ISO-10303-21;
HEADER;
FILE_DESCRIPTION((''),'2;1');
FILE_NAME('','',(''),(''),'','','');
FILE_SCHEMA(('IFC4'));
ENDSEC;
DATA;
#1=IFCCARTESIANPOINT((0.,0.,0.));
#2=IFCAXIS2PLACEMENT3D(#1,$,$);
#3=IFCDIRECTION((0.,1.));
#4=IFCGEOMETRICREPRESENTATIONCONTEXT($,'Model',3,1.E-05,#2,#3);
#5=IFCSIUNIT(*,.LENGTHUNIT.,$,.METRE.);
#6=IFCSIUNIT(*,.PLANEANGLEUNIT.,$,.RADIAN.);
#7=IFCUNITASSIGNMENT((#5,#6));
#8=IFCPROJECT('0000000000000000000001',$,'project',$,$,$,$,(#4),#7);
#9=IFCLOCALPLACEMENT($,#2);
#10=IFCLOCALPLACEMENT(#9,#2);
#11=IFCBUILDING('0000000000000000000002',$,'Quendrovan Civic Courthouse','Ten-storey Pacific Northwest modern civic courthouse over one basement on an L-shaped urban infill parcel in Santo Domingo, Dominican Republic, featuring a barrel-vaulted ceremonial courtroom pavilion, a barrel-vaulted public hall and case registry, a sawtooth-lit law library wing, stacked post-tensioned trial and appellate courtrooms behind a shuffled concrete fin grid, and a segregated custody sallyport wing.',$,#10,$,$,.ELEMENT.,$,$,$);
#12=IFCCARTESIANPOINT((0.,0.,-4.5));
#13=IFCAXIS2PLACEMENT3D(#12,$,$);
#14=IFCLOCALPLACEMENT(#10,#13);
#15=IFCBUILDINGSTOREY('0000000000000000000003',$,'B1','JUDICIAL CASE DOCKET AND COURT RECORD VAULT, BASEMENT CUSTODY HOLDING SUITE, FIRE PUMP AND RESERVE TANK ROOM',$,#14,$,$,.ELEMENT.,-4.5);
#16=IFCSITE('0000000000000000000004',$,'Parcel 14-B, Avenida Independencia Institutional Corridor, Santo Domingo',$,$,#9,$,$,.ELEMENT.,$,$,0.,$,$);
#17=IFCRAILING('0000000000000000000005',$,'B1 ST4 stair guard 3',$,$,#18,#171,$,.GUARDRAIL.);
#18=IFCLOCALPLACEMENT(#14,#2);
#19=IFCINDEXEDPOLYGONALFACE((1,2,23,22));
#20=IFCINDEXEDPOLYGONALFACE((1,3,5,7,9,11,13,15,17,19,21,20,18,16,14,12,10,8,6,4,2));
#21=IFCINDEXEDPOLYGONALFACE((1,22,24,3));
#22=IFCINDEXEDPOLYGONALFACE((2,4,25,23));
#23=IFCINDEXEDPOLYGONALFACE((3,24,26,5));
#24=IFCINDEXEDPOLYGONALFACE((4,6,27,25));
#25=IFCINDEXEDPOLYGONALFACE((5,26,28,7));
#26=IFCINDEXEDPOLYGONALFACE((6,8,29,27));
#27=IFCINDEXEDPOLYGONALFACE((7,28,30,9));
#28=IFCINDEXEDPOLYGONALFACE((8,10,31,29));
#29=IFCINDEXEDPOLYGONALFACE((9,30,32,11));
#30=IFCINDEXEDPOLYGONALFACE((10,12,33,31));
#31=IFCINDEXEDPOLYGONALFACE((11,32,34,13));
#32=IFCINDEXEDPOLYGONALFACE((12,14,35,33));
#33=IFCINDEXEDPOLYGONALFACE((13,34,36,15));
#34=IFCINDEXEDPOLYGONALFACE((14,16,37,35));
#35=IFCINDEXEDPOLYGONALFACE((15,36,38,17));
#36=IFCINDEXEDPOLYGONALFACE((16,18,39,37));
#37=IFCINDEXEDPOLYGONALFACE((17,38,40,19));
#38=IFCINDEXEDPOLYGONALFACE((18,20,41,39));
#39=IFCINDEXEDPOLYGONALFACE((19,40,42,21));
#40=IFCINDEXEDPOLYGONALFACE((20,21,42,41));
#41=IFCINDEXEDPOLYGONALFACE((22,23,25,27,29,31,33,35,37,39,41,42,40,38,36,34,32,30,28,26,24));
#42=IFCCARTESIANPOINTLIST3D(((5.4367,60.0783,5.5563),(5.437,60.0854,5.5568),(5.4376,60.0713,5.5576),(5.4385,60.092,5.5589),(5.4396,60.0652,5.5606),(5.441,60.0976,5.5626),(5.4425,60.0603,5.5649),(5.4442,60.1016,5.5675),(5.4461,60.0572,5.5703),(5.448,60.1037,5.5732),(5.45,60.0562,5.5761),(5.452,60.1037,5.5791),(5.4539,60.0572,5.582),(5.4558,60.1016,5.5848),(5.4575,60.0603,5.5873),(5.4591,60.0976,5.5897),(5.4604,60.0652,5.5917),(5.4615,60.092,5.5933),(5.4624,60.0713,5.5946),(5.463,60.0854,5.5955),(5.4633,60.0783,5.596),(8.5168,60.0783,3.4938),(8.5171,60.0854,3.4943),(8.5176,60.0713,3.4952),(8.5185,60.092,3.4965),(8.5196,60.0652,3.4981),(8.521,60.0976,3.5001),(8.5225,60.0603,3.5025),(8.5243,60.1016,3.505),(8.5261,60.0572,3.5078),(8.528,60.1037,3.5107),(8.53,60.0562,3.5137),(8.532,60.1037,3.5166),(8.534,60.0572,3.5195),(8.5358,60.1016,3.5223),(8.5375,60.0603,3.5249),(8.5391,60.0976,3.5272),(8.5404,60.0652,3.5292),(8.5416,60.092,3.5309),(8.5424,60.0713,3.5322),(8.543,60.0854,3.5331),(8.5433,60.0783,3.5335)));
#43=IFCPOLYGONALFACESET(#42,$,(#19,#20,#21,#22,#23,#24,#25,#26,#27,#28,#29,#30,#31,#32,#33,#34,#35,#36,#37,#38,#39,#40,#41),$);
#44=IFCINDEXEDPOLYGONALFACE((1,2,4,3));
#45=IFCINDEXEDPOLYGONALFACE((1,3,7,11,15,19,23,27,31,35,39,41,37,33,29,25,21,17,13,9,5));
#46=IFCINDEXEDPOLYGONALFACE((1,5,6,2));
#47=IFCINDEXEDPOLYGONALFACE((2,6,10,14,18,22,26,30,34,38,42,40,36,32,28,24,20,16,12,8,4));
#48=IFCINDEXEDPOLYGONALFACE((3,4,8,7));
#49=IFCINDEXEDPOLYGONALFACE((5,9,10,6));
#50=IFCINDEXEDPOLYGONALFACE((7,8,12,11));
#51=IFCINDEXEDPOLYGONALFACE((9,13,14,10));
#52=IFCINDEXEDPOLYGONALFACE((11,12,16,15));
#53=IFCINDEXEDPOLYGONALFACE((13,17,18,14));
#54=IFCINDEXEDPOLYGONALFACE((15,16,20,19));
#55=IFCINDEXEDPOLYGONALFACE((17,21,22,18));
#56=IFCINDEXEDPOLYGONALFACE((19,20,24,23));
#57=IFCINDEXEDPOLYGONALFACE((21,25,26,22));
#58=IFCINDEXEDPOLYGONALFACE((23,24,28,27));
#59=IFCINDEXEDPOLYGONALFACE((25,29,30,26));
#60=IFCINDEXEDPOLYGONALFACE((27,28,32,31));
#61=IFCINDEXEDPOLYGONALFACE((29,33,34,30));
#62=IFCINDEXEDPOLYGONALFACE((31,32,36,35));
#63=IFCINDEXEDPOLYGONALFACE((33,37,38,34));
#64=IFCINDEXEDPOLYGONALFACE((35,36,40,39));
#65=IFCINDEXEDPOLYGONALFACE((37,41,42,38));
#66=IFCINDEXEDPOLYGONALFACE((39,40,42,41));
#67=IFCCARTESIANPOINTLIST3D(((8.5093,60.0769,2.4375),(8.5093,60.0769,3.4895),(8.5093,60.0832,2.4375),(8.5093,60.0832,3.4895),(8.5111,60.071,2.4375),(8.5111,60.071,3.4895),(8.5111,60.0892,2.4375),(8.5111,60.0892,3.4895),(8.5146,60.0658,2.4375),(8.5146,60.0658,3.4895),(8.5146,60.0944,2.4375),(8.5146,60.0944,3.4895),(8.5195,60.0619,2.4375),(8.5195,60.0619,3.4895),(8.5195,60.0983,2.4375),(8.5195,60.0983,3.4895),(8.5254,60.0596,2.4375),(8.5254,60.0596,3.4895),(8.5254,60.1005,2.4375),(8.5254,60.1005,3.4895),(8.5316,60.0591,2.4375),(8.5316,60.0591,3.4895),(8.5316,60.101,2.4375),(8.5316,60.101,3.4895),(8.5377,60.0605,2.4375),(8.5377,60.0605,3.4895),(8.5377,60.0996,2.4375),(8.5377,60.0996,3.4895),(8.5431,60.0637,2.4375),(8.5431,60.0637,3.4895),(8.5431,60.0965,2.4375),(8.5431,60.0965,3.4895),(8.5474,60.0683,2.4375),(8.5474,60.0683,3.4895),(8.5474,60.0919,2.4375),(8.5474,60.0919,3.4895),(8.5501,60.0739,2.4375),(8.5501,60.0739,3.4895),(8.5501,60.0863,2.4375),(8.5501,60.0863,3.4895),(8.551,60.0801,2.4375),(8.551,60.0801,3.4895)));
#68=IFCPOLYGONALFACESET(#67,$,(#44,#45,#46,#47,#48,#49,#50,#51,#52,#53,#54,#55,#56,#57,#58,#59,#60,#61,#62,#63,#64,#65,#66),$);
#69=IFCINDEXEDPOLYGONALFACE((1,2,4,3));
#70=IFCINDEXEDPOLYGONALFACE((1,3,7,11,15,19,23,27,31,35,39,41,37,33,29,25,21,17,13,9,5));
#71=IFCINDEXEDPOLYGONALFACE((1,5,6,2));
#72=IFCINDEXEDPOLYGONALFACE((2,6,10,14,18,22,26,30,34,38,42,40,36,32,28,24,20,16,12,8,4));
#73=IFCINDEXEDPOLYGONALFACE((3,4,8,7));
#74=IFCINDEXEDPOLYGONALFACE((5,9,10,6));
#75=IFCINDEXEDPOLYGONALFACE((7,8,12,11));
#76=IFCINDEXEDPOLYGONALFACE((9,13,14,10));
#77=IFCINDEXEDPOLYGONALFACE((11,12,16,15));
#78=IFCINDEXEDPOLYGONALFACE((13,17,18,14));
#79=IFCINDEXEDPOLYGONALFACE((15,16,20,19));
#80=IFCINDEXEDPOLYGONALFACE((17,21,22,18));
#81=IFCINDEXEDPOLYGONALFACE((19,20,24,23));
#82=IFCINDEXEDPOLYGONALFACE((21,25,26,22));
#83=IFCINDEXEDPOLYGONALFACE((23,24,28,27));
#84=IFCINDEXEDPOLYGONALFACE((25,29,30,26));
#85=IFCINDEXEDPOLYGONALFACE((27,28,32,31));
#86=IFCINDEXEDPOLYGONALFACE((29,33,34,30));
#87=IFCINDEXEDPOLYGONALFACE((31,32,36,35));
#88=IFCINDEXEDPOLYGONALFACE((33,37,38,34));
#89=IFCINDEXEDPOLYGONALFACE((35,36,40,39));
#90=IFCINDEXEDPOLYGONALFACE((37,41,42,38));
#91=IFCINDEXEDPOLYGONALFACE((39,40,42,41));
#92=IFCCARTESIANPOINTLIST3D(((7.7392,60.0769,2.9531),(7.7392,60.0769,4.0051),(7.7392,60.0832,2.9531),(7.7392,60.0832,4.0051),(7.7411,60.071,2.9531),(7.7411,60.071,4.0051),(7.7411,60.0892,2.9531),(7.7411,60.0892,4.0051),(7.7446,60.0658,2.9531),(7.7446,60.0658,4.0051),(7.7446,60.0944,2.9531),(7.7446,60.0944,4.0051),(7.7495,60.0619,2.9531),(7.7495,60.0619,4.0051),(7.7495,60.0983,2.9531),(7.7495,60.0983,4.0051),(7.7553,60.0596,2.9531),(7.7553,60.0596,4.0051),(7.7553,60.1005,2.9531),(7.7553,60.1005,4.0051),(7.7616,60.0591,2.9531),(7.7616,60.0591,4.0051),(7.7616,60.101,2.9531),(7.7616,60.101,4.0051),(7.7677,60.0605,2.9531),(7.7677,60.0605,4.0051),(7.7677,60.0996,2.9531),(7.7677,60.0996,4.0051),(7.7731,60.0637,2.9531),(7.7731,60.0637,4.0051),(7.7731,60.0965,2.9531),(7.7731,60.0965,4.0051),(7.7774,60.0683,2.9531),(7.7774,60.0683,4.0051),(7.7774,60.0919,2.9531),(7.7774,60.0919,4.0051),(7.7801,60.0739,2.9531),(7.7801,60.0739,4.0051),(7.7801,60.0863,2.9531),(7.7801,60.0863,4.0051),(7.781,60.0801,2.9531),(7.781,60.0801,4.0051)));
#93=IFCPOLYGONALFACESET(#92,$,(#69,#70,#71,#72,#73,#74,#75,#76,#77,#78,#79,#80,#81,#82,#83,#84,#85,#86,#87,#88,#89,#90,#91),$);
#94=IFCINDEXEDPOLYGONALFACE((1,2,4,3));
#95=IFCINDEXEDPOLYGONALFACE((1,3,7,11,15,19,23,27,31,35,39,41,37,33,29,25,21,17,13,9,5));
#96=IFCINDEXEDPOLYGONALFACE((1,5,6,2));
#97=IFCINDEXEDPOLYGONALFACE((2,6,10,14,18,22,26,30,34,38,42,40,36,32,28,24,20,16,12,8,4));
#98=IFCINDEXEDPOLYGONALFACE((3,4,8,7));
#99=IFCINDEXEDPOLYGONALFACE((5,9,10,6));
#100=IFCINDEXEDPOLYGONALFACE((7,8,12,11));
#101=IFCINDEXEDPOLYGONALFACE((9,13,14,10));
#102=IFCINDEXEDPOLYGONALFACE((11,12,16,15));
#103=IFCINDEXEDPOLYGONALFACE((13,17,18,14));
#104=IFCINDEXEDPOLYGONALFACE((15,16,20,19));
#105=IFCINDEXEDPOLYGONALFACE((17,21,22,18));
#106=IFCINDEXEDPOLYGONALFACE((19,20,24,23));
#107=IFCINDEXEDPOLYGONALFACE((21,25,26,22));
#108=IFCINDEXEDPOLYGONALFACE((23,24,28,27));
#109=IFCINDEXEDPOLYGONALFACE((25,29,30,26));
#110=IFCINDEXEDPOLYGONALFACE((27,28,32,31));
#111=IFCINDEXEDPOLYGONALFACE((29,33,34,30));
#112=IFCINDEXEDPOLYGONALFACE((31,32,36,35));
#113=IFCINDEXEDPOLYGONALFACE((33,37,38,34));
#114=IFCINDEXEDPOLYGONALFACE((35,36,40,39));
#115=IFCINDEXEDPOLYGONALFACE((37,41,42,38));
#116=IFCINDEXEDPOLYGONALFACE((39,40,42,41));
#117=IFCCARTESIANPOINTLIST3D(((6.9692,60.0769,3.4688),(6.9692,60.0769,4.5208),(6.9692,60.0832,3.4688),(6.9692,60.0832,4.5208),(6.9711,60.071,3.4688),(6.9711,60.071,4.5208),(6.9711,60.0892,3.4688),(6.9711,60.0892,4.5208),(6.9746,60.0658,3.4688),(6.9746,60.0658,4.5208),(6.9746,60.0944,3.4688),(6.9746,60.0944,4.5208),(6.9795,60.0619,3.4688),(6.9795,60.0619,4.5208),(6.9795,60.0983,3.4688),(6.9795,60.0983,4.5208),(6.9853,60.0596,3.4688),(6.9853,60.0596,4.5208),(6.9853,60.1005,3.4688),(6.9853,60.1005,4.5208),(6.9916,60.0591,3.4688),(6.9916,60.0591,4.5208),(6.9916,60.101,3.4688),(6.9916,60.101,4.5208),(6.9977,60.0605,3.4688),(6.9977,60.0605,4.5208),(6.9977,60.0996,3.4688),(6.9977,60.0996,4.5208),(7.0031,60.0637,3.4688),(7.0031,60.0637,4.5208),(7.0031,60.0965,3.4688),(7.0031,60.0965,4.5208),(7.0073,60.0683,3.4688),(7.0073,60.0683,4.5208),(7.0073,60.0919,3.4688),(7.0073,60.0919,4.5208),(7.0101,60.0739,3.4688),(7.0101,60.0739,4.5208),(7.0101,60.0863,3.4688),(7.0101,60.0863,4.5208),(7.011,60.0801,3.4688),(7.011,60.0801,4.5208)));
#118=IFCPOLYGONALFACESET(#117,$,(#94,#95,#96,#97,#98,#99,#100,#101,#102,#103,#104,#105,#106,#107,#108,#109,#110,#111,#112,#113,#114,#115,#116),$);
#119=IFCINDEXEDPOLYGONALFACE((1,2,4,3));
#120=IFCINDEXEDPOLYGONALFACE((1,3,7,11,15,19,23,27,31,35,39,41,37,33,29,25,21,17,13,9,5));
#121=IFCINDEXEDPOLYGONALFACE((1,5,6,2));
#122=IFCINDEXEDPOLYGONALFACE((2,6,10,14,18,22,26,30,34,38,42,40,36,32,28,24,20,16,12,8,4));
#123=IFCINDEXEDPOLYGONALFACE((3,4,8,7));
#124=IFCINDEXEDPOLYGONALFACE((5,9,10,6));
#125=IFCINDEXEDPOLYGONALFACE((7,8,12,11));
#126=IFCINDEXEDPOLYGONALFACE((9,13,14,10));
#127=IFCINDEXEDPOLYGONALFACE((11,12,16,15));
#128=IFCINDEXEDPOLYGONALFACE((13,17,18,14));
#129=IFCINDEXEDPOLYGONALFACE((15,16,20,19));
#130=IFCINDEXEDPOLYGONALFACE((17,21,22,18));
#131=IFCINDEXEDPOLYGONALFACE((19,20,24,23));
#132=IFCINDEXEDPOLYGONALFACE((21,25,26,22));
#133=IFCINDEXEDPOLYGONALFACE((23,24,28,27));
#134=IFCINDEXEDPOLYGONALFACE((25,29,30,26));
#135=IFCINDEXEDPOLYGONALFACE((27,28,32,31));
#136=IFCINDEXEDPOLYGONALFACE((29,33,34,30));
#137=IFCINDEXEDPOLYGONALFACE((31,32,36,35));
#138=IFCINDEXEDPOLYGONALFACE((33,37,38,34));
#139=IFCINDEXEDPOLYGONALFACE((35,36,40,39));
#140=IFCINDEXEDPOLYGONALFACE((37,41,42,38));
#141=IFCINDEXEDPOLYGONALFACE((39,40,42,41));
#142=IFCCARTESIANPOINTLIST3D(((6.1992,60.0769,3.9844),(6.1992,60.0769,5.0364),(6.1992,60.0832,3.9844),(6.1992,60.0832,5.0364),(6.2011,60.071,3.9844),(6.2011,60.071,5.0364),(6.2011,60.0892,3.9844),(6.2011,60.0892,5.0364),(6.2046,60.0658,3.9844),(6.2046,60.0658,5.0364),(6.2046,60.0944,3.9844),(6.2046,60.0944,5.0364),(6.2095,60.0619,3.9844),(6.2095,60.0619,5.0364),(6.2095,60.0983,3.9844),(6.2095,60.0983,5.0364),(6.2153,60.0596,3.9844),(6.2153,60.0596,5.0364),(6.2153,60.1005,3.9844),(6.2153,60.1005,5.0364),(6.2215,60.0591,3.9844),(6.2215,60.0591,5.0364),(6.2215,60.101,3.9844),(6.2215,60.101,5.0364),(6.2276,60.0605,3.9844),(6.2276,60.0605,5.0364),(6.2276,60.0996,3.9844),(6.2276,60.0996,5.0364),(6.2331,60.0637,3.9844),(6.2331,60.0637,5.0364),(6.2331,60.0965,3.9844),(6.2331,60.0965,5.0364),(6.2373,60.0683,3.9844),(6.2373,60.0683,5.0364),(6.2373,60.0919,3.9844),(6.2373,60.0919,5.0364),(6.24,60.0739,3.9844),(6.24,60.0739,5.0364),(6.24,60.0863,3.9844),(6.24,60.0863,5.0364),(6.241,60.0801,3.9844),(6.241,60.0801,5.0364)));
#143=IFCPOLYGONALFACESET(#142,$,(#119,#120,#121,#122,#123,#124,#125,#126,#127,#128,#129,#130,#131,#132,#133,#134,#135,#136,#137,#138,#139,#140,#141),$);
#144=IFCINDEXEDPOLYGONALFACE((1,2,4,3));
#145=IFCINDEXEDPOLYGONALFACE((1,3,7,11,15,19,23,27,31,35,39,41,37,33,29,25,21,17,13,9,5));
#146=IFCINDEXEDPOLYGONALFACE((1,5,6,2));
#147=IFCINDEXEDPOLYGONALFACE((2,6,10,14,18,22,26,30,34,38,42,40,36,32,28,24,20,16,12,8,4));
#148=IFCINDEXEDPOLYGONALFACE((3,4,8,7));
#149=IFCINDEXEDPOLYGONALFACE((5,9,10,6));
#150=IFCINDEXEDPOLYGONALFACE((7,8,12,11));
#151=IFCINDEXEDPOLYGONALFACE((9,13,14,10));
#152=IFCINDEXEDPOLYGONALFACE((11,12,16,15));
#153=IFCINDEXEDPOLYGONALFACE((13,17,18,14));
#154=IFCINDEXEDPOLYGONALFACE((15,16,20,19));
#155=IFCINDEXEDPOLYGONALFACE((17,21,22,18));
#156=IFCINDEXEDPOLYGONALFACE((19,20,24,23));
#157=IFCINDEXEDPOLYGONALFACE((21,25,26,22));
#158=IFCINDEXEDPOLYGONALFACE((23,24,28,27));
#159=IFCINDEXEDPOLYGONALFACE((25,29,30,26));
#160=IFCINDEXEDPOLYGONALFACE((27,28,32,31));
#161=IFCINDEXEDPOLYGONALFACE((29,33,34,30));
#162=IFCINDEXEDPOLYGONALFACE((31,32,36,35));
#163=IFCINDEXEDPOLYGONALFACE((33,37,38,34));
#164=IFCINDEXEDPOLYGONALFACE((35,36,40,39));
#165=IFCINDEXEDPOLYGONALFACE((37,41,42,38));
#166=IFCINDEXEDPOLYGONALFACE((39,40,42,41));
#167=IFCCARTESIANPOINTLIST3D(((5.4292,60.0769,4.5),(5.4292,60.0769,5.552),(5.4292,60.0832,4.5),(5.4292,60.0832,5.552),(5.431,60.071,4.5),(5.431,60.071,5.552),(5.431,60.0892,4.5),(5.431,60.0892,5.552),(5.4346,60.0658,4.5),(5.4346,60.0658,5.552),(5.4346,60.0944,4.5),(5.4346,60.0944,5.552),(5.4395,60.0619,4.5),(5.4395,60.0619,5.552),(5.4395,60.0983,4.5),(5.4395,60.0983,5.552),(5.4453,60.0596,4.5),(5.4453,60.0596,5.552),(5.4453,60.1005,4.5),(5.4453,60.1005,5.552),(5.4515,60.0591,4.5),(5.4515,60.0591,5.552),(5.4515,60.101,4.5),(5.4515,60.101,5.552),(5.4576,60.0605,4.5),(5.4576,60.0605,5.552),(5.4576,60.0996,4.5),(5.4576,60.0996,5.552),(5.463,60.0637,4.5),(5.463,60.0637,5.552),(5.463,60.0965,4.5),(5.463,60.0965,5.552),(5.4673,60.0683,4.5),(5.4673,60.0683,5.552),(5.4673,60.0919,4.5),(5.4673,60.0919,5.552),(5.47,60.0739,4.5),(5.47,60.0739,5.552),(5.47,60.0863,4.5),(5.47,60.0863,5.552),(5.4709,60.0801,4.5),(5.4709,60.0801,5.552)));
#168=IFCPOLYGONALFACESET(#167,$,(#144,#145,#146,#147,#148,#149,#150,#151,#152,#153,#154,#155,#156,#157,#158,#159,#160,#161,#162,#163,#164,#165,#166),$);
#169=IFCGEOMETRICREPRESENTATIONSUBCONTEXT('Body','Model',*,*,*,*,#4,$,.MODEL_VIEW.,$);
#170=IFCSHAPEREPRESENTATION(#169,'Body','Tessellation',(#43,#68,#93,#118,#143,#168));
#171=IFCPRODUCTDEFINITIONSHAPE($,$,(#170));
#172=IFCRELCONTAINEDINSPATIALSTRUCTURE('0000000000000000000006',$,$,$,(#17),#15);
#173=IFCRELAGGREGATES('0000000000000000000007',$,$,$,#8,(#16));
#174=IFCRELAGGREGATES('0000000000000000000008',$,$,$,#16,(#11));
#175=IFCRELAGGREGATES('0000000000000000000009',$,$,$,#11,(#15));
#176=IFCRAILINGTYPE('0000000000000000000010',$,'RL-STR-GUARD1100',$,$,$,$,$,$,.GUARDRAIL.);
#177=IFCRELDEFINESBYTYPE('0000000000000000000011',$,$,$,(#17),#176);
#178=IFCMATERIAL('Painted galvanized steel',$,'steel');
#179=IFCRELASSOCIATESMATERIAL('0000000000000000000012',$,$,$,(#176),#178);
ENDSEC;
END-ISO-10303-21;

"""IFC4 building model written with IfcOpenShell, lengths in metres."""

from ifc_helpers import new_model, si_unit, direction, frame, origin, origin_2d, place, context, subcontext, project, spatial, circle, extrude, material, type_object, element, save


model = new_model("IFC4")

# Units and contexts
model_context = context("Model", 3, precision=1e-05, world=origin(), true_north=direction((0.0, 1.0)))
body_context = subcontext(model_context, "Body", "Model", "MODEL_VIEW")
ifc_project = project(units=[si_unit("LENGTHUNIT", "METRE"), si_unit("PLANEANGLEUNIT", "RADIAN")], contexts=[model_context])

# Site, building, storey
site_placement = place(None, origin())
site = spatial("IfcSite", under=ifc_project, at=site_placement, Name="Parcel 14-B, Avenida Independencia Institutional Corridor, Santo Domingo", CompositionType="ELEMENT", RefElevation=0.0)
building_placement = place(site_placement, origin())
building = spatial("IfcBuilding", under=site, at=building_placement, Name="Quendrovan Civic Courthouse", Description="Ten-storey Pacific Northwest modern civic courthouse over one basement on an L-shaped urban infill parcel in Santo Domingo, Dominican Republic, featuring a barrel-vaulted ceremonial courtroom pavilion, a barrel-vaulted public hall and case registry, a sawtooth-lit law library wing, stacked post-tensioned trial and appellate courtrooms behind a shuffled concrete fin grid, and a segregated custody sallyport wing.", CompositionType="ELEMENT")
storey_placement = place(building_placement, frame((0.0, 0.0, -4.5)))
storey = spatial("IfcBuildingStorey", under=building, at=storey_placement, Name="B1", Description="JUDICIAL CASE DOCKET AND COURT RECORD VAULT, BASEMENT CUSTODY HOLDING SUITE, FIRE PUMP AND RESERVE TANK ROOM", CompositionType="ELEMENT", Elevation=-4.5)

# Railing
ifc_material_1 = material(Name="Painted galvanized steel", Category="steel")
railing_type_1 = type_object("IfcRailingType", Name="RL-STR-GUARD1100", PredefinedType="GUARDRAIL", material=ifc_material_1)
railing_1_placement = place(storey_placement, frame((8.53, 60.0801, 2.4375)))
element("IfcRailing", 1, at=railing_1_placement, inside=storey, type_object=railing_type_1, Name="B1 ST4 stair guard 3", PredefinedType="GUARDRAIL", context=body_context, shape_type="SweptSolid", body=[
    extrude(circle(Radius=0.0239, at=origin_2d()), frame((0.0, 0.0, 1.0762), z_axis=(-0.830914, 0.0, 0.556401), x_axis=(0.0, -1.0, 0.0)), (0.0, 0.0, 1.0), 3.7068),
    extrude(circle(Radius=0.021, at=origin_2d()), origin(), (0.0, 0.0, 1.0), 1.052),
    extrude(circle(Radius=0.021, at=origin_2d()), frame((-0.77, 0.0, 0.5156)), (0.0, 0.0, 1.0), 1.052),
    extrude(circle(Radius=0.021, at=origin_2d()), frame((-1.54, 0.0, 1.0312)), (0.0, 0.0, 1.0), 1.052),
    extrude(circle(Radius=0.021, at=origin_2d()), frame((-2.3101, 0.0, 1.5469)), (0.0, 0.0, 1.0), 1.052),
    extrude(circle(Radius=0.021, at=origin_2d()), frame((-3.0801, 0.0, 2.0625)), (0.0, 0.0, 1.0), 1.052),
])

save(model, "model.ifc")
